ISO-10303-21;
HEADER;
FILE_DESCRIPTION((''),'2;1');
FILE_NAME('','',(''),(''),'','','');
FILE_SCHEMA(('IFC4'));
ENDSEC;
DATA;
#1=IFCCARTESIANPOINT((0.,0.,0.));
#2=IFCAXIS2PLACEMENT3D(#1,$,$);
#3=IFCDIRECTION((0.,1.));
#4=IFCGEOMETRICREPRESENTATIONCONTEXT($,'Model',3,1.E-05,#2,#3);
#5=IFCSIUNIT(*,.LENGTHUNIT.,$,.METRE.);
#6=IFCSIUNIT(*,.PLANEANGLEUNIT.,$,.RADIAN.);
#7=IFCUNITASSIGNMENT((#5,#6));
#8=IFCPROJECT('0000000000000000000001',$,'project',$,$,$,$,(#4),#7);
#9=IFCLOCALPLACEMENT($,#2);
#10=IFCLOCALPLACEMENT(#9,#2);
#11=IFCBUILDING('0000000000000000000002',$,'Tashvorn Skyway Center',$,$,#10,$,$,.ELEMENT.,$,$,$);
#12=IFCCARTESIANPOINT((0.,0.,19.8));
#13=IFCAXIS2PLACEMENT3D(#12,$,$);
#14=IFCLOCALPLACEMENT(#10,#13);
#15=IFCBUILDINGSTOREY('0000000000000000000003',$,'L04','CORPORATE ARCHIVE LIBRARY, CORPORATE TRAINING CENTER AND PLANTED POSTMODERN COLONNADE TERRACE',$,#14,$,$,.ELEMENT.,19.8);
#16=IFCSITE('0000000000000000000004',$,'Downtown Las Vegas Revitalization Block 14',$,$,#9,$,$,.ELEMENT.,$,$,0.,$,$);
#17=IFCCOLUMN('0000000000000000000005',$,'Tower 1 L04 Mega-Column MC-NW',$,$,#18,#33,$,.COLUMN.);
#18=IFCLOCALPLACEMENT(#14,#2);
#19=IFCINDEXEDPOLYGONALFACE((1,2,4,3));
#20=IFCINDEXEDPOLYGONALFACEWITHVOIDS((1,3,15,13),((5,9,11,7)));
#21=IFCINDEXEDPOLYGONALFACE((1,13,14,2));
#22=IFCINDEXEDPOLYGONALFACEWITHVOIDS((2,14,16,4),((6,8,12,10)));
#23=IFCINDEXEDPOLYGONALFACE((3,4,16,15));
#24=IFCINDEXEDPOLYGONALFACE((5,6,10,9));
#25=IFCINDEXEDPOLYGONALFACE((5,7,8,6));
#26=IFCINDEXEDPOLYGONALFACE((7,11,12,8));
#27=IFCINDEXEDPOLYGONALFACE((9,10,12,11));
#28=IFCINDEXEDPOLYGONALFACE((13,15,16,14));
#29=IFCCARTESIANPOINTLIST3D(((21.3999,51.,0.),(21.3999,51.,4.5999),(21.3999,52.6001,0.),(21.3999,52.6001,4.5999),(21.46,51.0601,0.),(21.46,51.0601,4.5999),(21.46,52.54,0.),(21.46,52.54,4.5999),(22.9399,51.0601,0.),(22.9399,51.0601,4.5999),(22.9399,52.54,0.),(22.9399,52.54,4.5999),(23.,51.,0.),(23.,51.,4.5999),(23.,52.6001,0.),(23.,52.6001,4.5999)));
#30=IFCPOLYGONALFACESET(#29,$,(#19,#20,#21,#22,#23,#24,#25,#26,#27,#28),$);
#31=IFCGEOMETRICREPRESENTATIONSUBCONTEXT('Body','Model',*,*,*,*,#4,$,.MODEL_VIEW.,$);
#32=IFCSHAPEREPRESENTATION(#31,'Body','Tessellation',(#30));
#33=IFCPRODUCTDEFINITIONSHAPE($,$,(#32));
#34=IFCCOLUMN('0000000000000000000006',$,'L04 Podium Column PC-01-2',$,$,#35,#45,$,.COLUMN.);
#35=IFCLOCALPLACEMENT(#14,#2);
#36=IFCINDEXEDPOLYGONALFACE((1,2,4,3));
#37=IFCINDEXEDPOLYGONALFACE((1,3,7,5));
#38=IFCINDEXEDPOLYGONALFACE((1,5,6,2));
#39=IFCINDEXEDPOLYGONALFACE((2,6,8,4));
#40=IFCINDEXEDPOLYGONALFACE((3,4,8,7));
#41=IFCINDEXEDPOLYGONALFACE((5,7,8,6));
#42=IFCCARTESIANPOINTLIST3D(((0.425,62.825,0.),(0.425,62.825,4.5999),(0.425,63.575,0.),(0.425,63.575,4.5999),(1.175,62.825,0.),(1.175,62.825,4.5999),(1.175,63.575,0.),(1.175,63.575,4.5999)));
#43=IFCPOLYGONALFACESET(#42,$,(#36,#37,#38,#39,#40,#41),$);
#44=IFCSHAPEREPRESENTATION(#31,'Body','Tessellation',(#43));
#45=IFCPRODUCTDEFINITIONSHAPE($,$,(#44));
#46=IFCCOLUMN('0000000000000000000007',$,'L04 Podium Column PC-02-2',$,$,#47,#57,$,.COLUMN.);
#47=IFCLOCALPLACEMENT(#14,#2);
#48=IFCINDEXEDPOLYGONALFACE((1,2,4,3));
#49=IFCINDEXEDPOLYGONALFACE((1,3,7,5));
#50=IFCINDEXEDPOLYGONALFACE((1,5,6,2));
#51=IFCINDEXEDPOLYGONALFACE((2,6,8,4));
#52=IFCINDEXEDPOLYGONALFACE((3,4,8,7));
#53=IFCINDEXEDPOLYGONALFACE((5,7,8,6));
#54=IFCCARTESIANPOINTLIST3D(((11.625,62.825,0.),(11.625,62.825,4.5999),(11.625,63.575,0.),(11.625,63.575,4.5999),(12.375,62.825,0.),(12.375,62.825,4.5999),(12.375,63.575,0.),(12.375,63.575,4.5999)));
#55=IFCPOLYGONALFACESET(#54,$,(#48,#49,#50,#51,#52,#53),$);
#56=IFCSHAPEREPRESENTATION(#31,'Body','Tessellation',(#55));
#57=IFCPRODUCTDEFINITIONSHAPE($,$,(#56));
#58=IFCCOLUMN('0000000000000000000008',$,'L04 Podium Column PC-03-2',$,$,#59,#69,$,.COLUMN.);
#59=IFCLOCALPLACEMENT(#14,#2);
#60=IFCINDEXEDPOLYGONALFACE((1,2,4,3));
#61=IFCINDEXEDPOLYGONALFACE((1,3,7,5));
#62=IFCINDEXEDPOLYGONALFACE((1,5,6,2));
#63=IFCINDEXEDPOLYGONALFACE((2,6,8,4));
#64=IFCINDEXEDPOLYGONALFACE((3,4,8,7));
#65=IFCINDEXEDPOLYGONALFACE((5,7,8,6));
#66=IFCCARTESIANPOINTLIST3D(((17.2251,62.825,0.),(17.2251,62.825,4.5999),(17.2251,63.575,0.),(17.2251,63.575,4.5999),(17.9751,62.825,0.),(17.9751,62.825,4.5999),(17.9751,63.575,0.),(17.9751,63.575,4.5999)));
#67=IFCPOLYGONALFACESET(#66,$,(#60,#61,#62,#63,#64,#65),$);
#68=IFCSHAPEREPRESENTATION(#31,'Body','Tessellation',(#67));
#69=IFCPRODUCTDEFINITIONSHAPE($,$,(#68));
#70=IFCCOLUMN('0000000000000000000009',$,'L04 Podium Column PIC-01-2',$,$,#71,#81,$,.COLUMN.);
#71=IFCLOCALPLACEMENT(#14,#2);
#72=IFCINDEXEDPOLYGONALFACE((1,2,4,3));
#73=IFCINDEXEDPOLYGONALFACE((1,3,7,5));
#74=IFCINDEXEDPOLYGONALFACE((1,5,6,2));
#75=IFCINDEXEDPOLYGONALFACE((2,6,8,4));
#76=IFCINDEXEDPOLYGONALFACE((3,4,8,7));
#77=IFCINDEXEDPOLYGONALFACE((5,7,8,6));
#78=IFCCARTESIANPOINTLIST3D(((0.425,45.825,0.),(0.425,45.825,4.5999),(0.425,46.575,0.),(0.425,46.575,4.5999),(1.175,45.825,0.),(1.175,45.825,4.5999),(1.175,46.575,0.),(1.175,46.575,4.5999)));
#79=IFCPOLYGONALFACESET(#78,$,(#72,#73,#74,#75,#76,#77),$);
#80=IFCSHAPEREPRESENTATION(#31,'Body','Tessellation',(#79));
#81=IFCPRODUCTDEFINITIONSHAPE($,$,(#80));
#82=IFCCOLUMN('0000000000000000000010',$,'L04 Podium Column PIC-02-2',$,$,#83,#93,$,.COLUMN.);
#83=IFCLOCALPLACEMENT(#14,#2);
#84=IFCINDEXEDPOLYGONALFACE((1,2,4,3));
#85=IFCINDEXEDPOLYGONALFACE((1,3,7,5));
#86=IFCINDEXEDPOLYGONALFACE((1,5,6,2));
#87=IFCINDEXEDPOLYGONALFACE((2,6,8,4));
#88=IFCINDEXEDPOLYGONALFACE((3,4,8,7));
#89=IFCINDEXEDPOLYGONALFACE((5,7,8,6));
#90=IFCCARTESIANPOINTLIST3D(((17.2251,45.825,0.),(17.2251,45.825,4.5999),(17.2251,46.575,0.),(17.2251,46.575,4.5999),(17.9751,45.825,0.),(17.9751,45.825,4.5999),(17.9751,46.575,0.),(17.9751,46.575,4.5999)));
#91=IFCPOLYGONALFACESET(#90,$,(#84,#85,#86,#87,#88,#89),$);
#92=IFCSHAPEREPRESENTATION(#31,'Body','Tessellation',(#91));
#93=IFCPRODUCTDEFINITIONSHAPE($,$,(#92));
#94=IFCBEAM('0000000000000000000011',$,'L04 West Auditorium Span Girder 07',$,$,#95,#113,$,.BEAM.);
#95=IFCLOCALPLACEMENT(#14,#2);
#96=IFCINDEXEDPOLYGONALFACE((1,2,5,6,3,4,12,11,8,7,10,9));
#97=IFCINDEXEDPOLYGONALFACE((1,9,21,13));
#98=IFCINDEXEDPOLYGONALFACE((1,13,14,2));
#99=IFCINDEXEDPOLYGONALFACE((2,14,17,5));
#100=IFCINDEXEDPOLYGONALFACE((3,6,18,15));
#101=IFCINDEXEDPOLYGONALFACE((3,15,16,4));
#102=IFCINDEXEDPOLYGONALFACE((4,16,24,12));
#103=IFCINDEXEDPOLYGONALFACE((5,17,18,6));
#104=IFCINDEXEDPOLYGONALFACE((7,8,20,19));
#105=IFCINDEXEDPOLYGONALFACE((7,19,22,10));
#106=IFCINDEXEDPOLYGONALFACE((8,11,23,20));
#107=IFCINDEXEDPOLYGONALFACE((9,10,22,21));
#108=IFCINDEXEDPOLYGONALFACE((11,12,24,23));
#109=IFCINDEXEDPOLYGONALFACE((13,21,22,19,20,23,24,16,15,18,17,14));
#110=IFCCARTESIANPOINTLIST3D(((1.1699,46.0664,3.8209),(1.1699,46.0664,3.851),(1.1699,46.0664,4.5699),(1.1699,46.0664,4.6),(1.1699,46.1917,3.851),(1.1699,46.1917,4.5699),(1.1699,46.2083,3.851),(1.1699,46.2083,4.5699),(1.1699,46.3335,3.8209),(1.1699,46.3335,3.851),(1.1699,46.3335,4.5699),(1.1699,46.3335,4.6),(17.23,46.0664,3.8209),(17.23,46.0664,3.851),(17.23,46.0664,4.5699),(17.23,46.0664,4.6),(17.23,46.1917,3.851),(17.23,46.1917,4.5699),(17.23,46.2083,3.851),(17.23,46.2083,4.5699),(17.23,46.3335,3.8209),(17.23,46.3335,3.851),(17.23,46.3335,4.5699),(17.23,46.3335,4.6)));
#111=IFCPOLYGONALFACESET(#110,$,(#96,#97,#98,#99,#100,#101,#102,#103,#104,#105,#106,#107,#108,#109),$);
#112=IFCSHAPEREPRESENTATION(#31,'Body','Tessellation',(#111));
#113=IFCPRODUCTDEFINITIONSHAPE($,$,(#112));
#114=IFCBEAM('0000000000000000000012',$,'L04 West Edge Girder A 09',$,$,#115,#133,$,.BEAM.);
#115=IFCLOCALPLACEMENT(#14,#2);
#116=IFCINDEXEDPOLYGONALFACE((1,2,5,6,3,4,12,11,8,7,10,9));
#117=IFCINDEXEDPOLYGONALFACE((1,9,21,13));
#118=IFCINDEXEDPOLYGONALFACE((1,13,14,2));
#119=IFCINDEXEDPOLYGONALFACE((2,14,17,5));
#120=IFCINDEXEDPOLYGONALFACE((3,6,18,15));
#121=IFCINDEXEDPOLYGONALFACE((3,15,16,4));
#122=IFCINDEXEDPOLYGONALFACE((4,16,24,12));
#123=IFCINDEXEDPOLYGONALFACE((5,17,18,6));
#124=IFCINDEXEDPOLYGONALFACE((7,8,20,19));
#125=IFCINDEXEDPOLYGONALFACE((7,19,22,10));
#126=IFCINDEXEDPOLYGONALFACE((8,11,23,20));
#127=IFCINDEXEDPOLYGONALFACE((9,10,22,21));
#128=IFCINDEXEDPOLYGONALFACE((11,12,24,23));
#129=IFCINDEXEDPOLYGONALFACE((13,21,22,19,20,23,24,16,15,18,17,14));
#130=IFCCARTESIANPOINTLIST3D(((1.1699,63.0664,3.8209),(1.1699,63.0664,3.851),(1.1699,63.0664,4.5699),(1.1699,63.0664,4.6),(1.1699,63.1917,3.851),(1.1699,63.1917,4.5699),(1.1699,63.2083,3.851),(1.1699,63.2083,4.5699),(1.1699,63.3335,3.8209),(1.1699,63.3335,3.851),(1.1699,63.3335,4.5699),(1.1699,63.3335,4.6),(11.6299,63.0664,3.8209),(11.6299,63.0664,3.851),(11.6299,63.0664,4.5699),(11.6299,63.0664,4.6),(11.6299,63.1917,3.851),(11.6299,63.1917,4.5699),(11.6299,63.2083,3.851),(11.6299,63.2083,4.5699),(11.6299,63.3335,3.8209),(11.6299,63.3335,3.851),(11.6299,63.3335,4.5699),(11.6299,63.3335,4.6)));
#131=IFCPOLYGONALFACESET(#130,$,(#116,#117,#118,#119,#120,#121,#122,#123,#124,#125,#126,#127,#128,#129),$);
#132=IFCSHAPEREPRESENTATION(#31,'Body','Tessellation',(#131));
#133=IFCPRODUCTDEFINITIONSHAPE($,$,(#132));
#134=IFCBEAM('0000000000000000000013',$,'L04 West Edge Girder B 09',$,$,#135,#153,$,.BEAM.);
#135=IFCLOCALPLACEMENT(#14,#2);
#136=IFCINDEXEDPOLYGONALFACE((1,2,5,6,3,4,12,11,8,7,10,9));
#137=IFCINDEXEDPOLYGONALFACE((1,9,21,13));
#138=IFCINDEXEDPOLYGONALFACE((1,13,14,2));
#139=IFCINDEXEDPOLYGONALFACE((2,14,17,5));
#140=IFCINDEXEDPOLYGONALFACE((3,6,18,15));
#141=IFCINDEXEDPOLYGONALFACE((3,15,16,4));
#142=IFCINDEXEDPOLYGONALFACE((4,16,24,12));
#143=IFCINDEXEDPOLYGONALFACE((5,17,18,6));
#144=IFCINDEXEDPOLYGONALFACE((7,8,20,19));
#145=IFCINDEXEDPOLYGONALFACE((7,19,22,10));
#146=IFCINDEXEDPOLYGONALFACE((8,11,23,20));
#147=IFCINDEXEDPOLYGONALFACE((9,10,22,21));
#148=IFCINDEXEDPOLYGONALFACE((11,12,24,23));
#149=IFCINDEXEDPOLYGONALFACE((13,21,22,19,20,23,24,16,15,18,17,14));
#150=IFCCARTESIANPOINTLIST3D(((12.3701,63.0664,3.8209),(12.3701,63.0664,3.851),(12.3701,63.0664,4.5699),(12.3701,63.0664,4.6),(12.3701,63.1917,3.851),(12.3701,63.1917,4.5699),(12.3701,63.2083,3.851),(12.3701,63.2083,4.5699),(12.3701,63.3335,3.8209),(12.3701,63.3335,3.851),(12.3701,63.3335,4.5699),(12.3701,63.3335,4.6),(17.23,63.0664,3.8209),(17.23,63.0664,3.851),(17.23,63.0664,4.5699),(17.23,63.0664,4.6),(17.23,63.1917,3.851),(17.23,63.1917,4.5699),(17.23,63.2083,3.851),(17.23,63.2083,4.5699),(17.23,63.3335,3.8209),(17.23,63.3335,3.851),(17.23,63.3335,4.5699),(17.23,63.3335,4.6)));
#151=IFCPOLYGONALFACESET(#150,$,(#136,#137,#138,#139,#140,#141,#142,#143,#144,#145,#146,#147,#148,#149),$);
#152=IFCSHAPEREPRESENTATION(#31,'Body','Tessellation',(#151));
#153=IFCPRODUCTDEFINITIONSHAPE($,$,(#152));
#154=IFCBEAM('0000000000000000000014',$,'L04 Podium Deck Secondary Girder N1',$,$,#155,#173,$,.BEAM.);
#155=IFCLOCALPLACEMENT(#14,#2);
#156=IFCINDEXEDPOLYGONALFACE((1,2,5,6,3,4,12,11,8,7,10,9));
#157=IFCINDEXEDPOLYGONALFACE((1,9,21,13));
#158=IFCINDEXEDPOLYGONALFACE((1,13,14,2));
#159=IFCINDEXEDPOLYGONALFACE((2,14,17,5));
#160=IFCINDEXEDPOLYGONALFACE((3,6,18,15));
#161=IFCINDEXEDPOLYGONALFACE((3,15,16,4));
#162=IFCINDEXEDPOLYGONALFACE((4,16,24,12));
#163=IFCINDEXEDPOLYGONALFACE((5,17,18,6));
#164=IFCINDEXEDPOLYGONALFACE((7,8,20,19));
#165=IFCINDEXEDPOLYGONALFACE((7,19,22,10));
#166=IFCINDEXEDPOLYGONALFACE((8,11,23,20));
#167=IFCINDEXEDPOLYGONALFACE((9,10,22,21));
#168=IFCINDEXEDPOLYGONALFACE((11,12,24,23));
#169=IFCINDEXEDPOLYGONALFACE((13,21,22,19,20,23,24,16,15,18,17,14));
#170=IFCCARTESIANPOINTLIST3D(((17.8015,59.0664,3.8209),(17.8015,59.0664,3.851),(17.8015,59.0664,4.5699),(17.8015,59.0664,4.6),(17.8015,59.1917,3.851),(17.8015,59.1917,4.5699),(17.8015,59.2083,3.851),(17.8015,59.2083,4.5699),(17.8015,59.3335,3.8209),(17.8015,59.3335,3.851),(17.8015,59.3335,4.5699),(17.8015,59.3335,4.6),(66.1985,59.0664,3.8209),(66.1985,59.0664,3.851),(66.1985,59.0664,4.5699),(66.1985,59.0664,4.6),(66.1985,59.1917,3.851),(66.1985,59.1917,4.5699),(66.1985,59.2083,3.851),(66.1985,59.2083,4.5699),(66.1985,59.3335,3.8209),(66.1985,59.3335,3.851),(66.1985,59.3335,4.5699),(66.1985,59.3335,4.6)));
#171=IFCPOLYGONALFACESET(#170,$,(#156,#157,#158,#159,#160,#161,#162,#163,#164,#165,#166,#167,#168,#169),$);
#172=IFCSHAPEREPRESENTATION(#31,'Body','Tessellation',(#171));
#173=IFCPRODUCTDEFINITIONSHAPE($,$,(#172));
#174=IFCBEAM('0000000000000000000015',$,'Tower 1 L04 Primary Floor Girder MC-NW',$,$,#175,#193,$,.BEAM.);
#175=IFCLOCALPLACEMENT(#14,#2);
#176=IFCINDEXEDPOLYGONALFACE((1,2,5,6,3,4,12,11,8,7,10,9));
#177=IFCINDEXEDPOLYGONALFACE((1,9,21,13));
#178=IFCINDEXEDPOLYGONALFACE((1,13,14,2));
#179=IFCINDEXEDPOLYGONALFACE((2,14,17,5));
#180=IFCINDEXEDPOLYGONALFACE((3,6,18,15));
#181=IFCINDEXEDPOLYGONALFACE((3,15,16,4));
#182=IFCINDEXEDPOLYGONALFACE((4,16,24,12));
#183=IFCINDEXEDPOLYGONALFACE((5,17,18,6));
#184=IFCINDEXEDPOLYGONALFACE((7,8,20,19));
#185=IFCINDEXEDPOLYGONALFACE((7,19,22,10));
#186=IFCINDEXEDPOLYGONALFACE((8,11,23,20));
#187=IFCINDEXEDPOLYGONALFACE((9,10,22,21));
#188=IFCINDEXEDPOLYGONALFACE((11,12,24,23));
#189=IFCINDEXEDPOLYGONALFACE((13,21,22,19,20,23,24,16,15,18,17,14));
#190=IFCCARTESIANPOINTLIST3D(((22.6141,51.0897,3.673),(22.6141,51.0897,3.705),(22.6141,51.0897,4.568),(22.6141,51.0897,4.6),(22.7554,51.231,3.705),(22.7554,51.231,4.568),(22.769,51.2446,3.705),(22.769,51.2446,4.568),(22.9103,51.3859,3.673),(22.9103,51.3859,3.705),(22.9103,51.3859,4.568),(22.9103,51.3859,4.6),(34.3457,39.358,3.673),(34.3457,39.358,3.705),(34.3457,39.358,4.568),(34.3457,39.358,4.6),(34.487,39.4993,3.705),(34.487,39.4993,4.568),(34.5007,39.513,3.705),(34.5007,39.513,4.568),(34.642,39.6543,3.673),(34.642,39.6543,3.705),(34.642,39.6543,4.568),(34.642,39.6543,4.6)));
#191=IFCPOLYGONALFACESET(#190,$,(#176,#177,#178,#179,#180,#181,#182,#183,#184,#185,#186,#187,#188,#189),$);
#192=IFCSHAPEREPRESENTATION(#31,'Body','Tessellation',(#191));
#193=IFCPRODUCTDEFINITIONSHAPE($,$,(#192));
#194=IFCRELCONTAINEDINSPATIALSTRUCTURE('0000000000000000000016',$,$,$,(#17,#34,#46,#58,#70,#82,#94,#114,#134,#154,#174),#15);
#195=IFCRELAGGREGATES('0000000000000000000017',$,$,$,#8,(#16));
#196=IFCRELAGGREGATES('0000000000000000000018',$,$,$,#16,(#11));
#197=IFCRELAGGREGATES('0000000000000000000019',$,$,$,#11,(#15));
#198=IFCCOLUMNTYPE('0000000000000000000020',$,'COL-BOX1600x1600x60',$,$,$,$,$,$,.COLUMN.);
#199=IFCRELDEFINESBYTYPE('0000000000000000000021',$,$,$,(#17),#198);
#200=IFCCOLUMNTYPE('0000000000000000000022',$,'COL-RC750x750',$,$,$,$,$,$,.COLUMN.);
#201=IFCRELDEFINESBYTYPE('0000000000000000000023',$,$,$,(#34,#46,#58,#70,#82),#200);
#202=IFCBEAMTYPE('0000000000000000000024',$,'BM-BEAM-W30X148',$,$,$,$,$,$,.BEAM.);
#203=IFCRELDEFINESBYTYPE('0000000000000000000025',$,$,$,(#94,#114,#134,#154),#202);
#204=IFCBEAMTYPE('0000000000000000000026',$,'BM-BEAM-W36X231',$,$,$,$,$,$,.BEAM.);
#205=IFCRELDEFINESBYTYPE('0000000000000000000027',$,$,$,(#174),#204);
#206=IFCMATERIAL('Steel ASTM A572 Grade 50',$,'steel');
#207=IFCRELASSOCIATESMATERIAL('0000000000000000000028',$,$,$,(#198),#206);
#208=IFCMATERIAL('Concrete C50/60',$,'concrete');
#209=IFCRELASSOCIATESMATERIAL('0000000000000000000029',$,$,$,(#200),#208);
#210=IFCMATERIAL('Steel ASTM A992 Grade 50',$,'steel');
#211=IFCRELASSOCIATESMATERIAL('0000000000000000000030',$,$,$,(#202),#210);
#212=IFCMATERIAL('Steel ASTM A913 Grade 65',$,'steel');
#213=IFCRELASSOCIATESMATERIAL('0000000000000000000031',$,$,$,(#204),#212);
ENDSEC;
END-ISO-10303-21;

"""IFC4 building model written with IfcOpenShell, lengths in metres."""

from ifc_helpers import new_model, si_unit, direction, frame, origin, origin_2d, place, context, subcontext, project, spatial, rectangle, hollow_rectangle, i_section, extrude, material, material_profile, profile_set, type_object, element, save


model = new_model("IFC4")

# Units and contexts
model_context = context("Model", 3, precision=1e-05, world=origin(), true_north=direction((0.0, 1.0)))
body_context = subcontext(model_context, "Body", "Model", "MODEL_VIEW")
ifc_project = project(units=[si_unit("LENGTHUNIT", "METRE"), si_unit("PLANEANGLEUNIT", "RADIAN")], contexts=[model_context])

# Site, building, storey
site_placement = place(None, origin())
site = spatial("IfcSite", under=ifc_project, at=site_placement, Name="Downtown Las Vegas Revitalization Block 14", CompositionType="ELEMENT", RefElevation=0.0)
building_placement = place(site_placement, origin())
building = spatial("IfcBuilding", under=site, at=building_placement, Name="Tashvorn Skyway Center", CompositionType="ELEMENT")
storey_placement = place(building_placement, frame((0.0, 0.0, 19.8)))
storey = spatial("IfcBuildingStorey", under=building, at=storey_placement, Name="L04", Description="CORPORATE ARCHIVE LIBRARY, CORPORATE TRAINING CENTER AND PLANTED POSTMODERN COLONNADE TERRACE", CompositionType="ELEMENT", Elevation=19.8)

# Columns
ifc_material_1 = material(Name="Steel ASTM A572 Grade 50", Category="steel")
ifc_material_profile_1 = material_profile(ifc_material_1, hollow_rectangle(XDim=1.6001, YDim=1.6001, WallThickness=0.0601, at=origin_2d()), Name="BOX1600x1600x60")
ifc_profile_set_1 = profile_set([ifc_material_profile_1], Name="Steel ASTM A572 Grade 50")
column_type_1 = type_object("IfcColumnType", Name="COL-BOX1600x1600x60", PredefinedType="COLUMN", material=ifc_profile_set_1)
column_placement = place(storey_placement, frame((22.2, 51.8, 0.0), z_axis=(0.0, 0.0, 1.0), x_axis=(1.0, 0.0, 0.0)))
element("IfcColumn", 1, at=column_placement, inside=storey, type_object=column_type_1, Name="Tower 1 L04 Mega-Column MC-NW", PredefinedType="COLUMN", context=body_context, shape_type="SweptSolid", body=[
    extrude(hollow_rectangle(XDim=1.6001, YDim=1.6001, WallThickness=0.0601, at=origin_2d()), origin(), (0.0, 0.0, 1.0), 4.5999),
])
ifc_material_2 = material(Name="Concrete C50/60", Category="concrete")
ifc_material_profile_2 = material_profile(ifc_material_2, rectangle(XDim=0.75, YDim=0.75, at=origin_2d()), Name="RC750x750")
ifc_profile_set_2 = profile_set([ifc_material_profile_2], Name="Concrete C50/60")
column_type_2 = type_object("IfcColumnType", Name="COL-RC750x750", PredefinedType="COLUMN", material=ifc_profile_set_2)
for number, where, z_axis, x_axis, name in (
    (2, (0.8, 63.2, 0.0), (0.0, 0.0, 1.0), (1.0, 0.0, 0.0), "L04 Podium Column PC-01-2"),
    (3, (12.0, 63.2, 0.0), (0.0, 0.0, 1.0), (1.0, 0.0, 0.0), "L04 Podium Column PC-02-2"),
    (4, (17.6001, 63.2, 0.0), (0.0, 0.0, 1.0), (1.0, 0.0, 0.0), "L04 Podium Column PC-03-2"),
    (5, (0.8, 46.2, 0.0), (0.0, 0.0, 1.0), (1.0, 0.0, 0.0), "L04 Podium Column PIC-01-2"),
    (6, (17.6001, 46.2, 0.0), (0.0, 0.0, 1.0), (1.0, 0.0, 0.0), "L04 Podium Column PIC-02-2"),
):
    element("IfcColumn", number, at=place(storey_placement, frame(where, z_axis=z_axis, x_axis=x_axis)), inside=storey, type_object=column_type_2, Name=name, PredefinedType="COLUMN", context=body_context, shape_type="SweptSolid", body=[
        extrude(rectangle(XDim=0.75, YDim=0.75, at=origin_2d()), origin(), (0.0, 0.0, 1.0), 4.5999),
    ])

# Beams
ifc_material_3 = material(Name="Steel ASTM A992 Grade 50", Category="steel")
ifc_material_profile_3 = material_profile(ifc_material_3, i_section(OverallWidth=0.2671, OverallDepth=0.7791, WebThickness=0.0166, FlangeThickness=0.03, at=origin_2d()), Name="W30X148")
ifc_profile_set_3 = profile_set([ifc_material_profile_3], Name="Steel ASTM A992 Grade 50")
beam_type_1 = type_object("IfcBeamType", Name="BM-BEAM-W30X148", PredefinedType="BEAM", material=ifc_profile_set_3)
beam_1_placement = place(storey_placement, frame((1.1699, 46.2, 4.2104), z_axis=(1.0, 0.0, 0.0), x_axis=(0.0, 1.0, 0.0)))
element("IfcBeam", 7, at=beam_1_placement, inside=storey, type_object=beam_type_1, Name="L04 West Auditorium Span Girder 07", PredefinedType="BEAM", context=body_context, shape_type="SweptSolid", body=[
    extrude(i_section(OverallWidth=0.2671, OverallDepth=0.7791, WebThickness=0.0166, FlangeThickness=0.03, at=origin_2d()), origin(), (0.0, 0.0, 1.0), 16.0601),
])
beam_2_placement = place(storey_placement, frame((1.1699, 63.2, 4.2104), z_axis=(1.0, 0.0, 0.0), x_axis=(0.0, 1.0, 0.0)))
element("IfcBeam", 8, at=beam_2_placement, inside=storey, type_object=beam_type_1, Name="L04 West Edge Girder A 09", PredefinedType="BEAM", context=body_context, shape_type="SweptSolid", body=[
    extrude(i_section(OverallWidth=0.2671, OverallDepth=0.7791, WebThickness=0.0166, FlangeThickness=0.03, at=origin_2d()), origin(), (0.0, 0.0, 1.0), 10.46),
])
beam_3_placement = place(storey_placement, frame((12.3701, 63.2, 4.2104), z_axis=(1.0, 0.0, 0.0), x_axis=(0.0, 1.0, 0.0)))
element("IfcBeam", 9, at=beam_3_placement, inside=storey, type_object=beam_type_1, Name="L04 West Edge Girder B 09", PredefinedType="BEAM", context=body_context, shape_type="SweptSolid", body=[
    extrude(i_section(OverallWidth=0.2671, OverallDepth=0.7791, WebThickness=0.0166, FlangeThickness=0.03, at=origin_2d()), origin(), (0.0, 0.0, 1.0), 4.8599),
])
beam_4_placement = place(storey_placement, frame((17.8015, 59.2, 4.2104), z_axis=(1.0, 0.0, 0.0), x_axis=(0.0, 1.0, 0.0)))
element("IfcBeam", 10, at=beam_4_placement, inside=storey, type_object=beam_type_1, Name="L04 Podium Deck Secondary Girder N1", PredefinedType="BEAM", context=body_context, shape_type="SweptSolid", body=[
    extrude(i_section(OverallWidth=0.2671, OverallDepth=0.7791, WebThickness=0.0166, FlangeThickness=0.03, at=origin_2d()), origin(), (0.0, 0.0, 1.0), 48.397),
])
ifc_material_4 = material(Name="Steel ASTM A913 Grade 65", Category="steel")
ifc_material_profile_4 = material_profile(ifc_material_4, i_section(OverallWidth=0.4189, OverallDepth=0.927, WebThickness=0.0193, FlangeThickness=0.032, at=origin_2d()), Name="W36X231")
ifc_profile_set_4 = profile_set([ifc_material_profile_4], Name="Steel ASTM A913 Grade 65")
beam_type_2 = type_object("IfcBeamType", Name="BM-BEAM-W36X231", PredefinedType="BEAM", material=ifc_profile_set_4)
beam_5_placement = place(storey_placement, frame((22.7622, 51.2378, 4.1365), z_axis=(0.707107, -0.707107, 0.0), x_axis=(0.707107, 0.707107, 0.0)))
element("IfcBeam", 11, at=beam_5_placement, inside=storey, type_object=beam_type_2, Name="Tower 1 L04 Primary Floor Girder MC-NW", PredefinedType="BEAM", context=body_context, shape_type="SweptSolid", body=[
    extrude(i_section(OverallWidth=0.4189, OverallDepth=0.927, WebThickness=0.0193, FlangeThickness=0.032, at=origin_2d()), origin(), (0.0, 0.0, 1.0), 16.5911),
])

save(model, "model.ifc")
